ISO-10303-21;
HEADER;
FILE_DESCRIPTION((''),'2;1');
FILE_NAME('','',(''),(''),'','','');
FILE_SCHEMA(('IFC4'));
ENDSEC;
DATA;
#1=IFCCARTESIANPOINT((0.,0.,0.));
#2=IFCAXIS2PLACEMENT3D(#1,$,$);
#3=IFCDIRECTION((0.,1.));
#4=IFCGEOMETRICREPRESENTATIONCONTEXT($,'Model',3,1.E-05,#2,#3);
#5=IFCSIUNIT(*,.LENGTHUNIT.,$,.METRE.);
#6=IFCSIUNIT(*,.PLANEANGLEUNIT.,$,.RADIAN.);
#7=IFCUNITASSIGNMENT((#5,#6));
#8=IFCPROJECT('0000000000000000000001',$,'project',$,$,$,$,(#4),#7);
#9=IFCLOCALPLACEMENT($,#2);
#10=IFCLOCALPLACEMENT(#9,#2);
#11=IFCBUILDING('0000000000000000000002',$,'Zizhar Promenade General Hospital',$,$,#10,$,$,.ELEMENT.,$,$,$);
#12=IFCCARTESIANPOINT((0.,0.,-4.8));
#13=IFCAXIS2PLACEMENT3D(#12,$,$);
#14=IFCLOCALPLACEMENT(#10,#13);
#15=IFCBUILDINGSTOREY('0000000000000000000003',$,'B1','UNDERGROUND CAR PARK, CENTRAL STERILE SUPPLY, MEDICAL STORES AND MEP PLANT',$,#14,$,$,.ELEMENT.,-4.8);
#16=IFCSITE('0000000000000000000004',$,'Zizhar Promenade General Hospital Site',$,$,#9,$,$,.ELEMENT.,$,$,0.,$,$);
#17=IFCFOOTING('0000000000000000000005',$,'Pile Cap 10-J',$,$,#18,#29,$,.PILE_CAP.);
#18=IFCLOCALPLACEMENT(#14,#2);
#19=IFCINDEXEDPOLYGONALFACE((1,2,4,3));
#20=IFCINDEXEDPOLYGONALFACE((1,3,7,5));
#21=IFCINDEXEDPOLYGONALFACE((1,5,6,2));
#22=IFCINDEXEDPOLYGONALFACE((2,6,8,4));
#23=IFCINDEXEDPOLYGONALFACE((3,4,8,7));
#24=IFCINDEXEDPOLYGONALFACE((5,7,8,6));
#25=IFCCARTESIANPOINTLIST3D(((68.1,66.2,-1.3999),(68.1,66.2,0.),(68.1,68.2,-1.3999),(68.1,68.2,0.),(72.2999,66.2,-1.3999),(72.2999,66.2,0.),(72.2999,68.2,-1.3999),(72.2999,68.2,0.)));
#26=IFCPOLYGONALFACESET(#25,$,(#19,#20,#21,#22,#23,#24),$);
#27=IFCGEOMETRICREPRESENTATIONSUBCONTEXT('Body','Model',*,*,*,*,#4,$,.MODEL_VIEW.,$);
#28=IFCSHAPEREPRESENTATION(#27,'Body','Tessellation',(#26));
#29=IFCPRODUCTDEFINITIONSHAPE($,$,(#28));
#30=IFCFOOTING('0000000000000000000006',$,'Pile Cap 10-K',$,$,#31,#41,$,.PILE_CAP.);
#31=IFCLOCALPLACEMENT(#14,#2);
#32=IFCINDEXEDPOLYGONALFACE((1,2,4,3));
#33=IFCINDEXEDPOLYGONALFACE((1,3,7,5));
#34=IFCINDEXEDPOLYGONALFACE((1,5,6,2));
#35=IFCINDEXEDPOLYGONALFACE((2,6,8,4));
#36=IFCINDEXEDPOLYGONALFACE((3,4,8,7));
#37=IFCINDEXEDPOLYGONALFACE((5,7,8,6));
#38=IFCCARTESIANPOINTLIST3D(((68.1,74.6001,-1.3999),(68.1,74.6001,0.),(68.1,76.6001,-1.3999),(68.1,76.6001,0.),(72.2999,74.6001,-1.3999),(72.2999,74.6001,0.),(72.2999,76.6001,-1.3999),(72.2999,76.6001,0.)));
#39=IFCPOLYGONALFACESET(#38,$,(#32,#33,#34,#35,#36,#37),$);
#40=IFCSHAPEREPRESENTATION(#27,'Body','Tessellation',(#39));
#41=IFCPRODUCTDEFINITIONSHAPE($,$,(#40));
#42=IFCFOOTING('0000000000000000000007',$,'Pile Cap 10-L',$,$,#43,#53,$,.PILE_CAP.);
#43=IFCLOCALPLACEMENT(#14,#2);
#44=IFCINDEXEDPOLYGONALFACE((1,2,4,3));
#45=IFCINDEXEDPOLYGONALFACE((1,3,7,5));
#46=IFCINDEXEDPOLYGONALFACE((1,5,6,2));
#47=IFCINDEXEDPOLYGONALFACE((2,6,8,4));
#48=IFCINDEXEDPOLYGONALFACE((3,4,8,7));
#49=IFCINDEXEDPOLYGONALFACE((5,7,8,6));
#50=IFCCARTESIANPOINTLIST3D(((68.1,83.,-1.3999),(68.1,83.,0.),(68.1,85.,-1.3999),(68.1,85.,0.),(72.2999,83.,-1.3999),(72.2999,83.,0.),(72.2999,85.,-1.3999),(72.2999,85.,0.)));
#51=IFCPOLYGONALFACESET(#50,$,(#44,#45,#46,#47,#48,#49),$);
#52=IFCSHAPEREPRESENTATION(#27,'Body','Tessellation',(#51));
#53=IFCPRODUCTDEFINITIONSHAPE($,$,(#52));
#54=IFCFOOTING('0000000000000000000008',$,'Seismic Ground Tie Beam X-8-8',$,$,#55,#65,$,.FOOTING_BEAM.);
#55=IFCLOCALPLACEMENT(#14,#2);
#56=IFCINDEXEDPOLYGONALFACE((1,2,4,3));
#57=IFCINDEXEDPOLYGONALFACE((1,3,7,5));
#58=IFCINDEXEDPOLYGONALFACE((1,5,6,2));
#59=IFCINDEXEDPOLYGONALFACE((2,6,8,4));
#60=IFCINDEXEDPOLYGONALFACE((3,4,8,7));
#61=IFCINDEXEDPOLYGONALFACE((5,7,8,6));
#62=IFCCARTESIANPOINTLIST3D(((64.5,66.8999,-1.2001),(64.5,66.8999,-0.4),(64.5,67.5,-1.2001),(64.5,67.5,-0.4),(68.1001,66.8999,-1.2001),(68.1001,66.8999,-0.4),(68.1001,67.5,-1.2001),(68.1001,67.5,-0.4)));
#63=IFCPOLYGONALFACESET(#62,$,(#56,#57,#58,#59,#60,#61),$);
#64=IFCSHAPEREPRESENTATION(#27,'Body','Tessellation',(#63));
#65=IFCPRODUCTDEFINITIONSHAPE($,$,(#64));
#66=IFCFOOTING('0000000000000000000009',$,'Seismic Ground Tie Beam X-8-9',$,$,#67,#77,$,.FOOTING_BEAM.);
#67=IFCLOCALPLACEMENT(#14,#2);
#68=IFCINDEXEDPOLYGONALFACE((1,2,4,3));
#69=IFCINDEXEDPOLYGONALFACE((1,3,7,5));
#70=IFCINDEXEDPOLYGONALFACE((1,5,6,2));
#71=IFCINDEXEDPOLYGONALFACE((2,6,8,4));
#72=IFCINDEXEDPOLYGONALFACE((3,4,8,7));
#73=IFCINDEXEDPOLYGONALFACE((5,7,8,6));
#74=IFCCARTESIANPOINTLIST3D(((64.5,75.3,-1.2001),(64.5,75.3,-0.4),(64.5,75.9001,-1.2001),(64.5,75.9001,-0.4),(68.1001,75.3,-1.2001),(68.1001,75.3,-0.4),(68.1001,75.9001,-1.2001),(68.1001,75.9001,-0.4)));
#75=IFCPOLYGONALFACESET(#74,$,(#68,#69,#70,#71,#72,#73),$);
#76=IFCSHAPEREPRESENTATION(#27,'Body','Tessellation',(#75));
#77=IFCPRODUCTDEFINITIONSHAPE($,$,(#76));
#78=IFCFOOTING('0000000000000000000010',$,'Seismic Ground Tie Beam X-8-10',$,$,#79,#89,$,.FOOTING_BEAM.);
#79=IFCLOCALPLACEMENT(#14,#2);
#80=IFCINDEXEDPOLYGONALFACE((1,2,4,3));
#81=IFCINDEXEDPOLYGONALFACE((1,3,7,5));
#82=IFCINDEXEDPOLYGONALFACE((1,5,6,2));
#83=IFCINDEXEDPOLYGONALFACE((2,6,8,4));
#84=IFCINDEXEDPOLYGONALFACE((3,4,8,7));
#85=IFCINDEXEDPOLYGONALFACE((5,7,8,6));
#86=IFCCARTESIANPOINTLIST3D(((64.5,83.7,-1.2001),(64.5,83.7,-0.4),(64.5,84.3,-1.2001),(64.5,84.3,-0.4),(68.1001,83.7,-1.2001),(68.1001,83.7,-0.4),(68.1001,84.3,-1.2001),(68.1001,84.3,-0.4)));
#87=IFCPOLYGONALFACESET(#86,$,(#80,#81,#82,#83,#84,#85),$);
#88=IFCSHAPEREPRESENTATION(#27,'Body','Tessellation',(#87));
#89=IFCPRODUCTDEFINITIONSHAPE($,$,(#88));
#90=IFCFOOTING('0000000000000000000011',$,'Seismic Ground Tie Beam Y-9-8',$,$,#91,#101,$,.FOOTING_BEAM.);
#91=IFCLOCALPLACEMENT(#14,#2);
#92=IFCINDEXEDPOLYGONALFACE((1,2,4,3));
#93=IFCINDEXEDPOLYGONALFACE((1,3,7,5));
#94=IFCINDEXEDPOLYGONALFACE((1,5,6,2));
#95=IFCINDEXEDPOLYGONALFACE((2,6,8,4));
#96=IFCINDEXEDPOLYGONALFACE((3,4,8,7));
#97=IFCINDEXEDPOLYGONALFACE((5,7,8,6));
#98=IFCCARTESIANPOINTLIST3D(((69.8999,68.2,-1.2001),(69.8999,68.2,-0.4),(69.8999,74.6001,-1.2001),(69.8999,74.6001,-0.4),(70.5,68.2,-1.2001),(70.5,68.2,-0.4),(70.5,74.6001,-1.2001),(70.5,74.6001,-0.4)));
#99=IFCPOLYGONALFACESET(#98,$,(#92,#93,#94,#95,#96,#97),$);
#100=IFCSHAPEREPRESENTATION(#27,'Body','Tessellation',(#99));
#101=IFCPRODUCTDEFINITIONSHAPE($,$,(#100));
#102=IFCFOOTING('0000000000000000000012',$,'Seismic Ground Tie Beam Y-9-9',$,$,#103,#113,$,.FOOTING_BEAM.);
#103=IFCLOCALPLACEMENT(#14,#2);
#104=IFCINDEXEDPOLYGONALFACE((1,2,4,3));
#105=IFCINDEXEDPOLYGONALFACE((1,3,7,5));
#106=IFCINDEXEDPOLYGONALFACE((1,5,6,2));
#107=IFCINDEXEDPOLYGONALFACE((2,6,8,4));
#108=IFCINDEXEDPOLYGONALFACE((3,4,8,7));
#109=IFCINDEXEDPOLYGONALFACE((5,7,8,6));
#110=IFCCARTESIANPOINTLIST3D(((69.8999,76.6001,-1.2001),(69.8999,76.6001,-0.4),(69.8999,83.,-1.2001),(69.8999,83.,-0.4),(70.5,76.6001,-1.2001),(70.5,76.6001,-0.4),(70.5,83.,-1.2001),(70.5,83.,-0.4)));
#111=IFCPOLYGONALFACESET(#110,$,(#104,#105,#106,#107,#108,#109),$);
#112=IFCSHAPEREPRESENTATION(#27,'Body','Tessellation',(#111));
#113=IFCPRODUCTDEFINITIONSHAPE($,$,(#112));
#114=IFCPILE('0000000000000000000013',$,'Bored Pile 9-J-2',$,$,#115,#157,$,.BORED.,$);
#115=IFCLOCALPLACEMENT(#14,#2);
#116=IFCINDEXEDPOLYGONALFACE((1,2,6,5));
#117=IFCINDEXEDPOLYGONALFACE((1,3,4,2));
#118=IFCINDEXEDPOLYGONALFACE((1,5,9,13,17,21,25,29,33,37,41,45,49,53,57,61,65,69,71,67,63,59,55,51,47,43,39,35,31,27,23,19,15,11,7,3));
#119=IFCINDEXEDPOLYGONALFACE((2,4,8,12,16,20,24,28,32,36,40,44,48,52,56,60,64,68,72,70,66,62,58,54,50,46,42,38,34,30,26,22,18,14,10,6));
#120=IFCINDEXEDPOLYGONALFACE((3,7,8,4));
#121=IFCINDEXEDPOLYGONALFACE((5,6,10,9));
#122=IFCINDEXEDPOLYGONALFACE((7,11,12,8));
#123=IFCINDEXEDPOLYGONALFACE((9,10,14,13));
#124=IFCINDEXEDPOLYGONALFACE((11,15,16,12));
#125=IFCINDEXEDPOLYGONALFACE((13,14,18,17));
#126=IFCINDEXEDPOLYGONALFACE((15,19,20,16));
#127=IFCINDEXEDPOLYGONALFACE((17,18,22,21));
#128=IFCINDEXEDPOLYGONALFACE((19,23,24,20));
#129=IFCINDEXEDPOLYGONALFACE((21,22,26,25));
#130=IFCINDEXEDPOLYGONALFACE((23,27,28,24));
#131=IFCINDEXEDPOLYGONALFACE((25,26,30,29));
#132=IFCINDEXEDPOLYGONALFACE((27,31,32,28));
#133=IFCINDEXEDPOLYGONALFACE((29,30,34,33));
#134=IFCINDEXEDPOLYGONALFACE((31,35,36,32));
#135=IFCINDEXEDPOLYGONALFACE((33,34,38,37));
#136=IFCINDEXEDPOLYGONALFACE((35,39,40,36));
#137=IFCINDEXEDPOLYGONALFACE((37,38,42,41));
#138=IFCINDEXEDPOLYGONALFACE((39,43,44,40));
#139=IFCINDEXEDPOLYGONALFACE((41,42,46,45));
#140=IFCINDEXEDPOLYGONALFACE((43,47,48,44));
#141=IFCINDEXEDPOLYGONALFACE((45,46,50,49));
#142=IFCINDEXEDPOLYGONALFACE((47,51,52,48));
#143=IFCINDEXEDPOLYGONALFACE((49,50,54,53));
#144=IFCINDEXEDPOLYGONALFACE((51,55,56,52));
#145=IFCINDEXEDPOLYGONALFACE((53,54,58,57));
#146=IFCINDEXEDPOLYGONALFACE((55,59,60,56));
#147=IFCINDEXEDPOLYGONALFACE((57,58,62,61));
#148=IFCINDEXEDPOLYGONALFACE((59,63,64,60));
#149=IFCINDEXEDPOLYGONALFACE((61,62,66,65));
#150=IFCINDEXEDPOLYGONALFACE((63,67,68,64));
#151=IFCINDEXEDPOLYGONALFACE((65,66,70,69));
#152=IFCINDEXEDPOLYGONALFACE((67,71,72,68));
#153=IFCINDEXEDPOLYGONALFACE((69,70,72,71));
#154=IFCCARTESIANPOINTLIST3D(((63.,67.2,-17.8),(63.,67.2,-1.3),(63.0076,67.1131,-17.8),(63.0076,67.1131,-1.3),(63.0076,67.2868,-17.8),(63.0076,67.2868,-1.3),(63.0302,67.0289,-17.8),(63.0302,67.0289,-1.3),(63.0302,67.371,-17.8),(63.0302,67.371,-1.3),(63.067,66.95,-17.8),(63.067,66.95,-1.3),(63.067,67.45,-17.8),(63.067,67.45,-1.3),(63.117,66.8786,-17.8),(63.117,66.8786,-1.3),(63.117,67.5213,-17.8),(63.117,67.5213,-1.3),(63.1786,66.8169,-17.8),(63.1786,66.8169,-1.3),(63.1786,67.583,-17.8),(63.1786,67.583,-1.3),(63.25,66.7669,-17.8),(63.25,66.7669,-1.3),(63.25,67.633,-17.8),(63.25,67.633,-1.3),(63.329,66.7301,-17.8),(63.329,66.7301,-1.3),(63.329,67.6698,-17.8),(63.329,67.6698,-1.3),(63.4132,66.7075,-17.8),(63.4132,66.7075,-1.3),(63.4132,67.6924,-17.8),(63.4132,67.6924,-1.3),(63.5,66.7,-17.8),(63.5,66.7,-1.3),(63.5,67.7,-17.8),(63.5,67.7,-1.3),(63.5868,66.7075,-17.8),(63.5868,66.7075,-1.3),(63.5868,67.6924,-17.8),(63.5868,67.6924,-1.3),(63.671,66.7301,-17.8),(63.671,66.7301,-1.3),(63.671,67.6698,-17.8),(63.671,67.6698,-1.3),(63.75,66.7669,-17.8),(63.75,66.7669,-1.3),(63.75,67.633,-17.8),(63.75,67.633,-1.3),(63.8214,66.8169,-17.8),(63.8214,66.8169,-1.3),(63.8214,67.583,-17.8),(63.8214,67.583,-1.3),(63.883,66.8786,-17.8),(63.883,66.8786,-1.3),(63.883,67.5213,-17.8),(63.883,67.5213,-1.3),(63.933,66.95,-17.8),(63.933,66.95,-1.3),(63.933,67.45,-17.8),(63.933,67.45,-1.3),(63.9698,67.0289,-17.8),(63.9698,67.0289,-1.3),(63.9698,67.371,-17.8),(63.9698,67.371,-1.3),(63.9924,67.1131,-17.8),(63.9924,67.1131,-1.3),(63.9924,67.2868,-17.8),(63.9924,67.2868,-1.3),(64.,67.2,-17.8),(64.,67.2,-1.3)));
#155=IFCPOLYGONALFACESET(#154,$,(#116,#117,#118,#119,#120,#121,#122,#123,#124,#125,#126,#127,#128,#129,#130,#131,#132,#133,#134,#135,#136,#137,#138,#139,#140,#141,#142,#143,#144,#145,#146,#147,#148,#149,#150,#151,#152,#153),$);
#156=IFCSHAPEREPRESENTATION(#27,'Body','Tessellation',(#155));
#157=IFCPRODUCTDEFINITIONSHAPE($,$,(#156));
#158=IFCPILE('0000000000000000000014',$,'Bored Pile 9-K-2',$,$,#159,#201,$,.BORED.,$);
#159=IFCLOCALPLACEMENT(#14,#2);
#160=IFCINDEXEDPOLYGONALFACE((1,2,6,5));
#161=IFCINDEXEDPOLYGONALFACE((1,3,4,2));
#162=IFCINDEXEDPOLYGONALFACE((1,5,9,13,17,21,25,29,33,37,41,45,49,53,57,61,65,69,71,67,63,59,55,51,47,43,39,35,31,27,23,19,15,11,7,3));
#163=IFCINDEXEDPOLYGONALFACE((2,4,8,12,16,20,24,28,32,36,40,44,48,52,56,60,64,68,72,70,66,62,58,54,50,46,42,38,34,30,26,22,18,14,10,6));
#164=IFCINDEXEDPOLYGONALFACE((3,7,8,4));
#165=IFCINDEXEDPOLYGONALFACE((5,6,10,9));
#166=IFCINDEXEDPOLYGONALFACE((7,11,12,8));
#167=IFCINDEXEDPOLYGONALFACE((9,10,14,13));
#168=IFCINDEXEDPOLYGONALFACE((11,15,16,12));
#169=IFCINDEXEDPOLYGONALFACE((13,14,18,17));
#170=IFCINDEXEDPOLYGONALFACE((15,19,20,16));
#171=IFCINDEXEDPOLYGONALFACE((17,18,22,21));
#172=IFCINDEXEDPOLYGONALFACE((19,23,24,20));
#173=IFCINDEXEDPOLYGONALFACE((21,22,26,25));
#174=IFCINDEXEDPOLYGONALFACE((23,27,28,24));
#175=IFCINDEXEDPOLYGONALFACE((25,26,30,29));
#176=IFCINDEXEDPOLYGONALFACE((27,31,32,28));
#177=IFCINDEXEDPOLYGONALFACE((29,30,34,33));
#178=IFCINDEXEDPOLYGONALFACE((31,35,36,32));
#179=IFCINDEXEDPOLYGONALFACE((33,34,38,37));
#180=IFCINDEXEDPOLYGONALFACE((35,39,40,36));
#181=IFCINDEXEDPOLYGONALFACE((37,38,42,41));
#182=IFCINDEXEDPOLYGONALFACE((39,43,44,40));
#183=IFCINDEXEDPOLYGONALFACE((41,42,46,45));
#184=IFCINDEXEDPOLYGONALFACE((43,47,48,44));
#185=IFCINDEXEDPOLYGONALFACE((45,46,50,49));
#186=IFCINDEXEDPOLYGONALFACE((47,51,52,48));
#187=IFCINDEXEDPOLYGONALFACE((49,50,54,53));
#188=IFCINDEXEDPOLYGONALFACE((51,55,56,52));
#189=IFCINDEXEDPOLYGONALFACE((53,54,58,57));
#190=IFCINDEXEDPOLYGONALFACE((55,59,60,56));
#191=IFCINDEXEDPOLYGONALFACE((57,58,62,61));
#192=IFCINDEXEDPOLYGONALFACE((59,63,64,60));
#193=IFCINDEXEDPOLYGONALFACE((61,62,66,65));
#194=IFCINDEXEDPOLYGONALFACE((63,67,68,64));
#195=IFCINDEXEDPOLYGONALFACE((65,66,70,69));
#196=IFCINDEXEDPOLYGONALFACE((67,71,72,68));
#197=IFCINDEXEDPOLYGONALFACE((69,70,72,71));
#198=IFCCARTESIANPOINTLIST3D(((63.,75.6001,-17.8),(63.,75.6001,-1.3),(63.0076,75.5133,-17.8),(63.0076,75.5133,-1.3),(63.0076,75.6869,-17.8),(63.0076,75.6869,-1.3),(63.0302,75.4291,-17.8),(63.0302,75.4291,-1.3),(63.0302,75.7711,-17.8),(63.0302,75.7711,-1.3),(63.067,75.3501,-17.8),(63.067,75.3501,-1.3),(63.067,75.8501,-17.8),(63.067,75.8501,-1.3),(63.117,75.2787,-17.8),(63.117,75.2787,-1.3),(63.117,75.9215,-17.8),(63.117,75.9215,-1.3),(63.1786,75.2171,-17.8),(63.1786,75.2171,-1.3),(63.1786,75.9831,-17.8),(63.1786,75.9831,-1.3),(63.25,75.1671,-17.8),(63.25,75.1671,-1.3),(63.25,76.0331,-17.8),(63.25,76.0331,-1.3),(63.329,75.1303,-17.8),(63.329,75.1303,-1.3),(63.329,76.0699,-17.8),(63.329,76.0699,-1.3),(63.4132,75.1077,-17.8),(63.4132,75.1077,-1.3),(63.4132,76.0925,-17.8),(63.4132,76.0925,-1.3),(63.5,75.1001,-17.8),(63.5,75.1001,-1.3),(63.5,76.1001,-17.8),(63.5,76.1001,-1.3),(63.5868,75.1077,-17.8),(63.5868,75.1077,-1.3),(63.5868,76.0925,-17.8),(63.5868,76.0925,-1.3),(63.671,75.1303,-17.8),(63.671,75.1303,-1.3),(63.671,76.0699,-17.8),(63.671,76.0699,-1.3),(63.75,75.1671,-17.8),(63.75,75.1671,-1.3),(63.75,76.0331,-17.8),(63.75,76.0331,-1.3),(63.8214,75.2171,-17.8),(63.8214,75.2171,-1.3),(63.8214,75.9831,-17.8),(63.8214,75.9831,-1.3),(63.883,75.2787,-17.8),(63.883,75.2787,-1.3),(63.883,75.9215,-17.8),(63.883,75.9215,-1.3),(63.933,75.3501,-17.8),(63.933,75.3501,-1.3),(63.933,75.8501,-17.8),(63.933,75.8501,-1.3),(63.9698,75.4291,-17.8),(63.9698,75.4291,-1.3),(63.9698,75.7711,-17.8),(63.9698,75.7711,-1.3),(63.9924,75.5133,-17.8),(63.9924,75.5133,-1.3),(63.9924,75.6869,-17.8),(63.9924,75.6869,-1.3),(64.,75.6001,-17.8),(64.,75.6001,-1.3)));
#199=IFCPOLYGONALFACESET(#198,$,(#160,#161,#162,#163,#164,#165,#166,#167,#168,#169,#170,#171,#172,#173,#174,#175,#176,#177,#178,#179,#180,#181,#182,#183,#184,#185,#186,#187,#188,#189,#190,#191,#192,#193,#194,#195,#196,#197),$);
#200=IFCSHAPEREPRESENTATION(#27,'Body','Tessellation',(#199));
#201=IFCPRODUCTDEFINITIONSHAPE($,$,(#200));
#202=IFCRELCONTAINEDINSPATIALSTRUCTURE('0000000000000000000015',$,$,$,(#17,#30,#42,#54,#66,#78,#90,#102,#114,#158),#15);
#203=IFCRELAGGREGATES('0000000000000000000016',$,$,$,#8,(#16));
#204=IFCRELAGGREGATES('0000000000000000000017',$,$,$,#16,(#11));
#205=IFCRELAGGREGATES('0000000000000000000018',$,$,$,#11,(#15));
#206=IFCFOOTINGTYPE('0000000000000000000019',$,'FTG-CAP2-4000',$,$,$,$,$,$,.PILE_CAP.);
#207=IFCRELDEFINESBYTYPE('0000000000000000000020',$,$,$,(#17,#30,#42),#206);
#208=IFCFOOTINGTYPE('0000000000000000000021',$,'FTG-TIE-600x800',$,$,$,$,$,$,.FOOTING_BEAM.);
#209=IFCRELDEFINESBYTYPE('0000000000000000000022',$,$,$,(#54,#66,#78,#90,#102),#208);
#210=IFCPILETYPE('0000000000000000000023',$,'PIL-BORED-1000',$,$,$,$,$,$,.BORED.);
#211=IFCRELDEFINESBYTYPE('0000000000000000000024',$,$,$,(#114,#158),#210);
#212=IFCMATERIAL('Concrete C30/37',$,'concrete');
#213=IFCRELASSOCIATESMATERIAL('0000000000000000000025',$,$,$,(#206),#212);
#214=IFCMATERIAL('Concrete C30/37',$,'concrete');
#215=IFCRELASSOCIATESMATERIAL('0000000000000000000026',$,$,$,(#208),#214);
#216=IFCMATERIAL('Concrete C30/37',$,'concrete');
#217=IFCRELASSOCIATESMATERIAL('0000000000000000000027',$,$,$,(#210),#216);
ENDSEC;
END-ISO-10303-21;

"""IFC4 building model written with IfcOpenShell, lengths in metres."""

from ifc_helpers import new_model, si_unit, direction, frame, origin, origin_2d, place, context, subcontext, project, spatial, rectangle, circle, extrude, material, material_profile, profile_set, type_object, element, save


model = new_model("IFC4")

# Units and contexts
model_context = context("Model", 3, precision=1e-05, world=origin(), true_north=direction((0.0, 1.0)))
body_context = subcontext(model_context, "Body", "Model", "MODEL_VIEW")
ifc_project = project(units=[si_unit("LENGTHUNIT", "METRE"), si_unit("PLANEANGLEUNIT", "RADIAN")], contexts=[model_context])

# Site, building, storey
site_placement = place(None, origin())
site = spatial("IfcSite", under=ifc_project, at=site_placement, Name="Zizhar Promenade General Hospital Site", CompositionType="ELEMENT", RefElevation=0.0)
building_placement = place(site_placement, origin())
building = spatial("IfcBuilding", under=site, at=building_placement, Name="Zizhar Promenade General Hospital", CompositionType="ELEMENT")
storey_placement = place(building_placement, frame((0.0, 0.0, -4.8)))
storey = spatial("IfcBuildingStorey", under=building, at=storey_placement, Name="B1", Description="UNDERGROUND CAR PARK, CENTRAL STERILE SUPPLY, MEDICAL STORES AND MEP PLANT", CompositionType="ELEMENT", Elevation=-4.8)

# Footings
ifc_material_1 = material(Name="Concrete C30/37", Category="concrete")
footing_type_1 = type_object("IfcFootingType", Name="FTG-CAP2-4000", PredefinedType="PILE_CAP", material=ifc_material_1)
for number, where, z_axis, x_axis, name in (
    (1, (70.2, 67.2, -1.3999), (0.0, 0.0, 1.0), (1.0, 0.0, 0.0), "Pile Cap 10-J"),
    (2, (70.2, 75.6001, -1.3999), (0.0, 0.0, 1.0), (1.0, 0.0, 0.0), "Pile Cap 10-K"),
    (3, (70.2, 84.0, -1.3999), (0.0, 0.0, 1.0), (1.0, 0.0, 0.0), "Pile Cap 10-L"),
):
    element("IfcFooting", number, at=place(storey_placement, frame(where, z_axis=z_axis, x_axis=x_axis)), inside=storey, type_object=footing_type_1, Name=name, PredefinedType="PILE_CAP", context=body_context, shape_type="SweptSolid", body=[
        extrude(rectangle(XDim=4.2, YDim=2.0, at=origin_2d()), origin(), (0.0, 0.0, 1.0), 1.3999),
    ])
ifc_material_2 = material(Name="Concrete C30/37", Category="concrete")
ifc_material_profile_1 = material_profile(ifc_material_2, rectangle(XDim=0.6001, YDim=0.8, at=origin_2d()))
ifc_profile_set_1 = profile_set([ifc_material_profile_1], Name="Concrete C30/37")
footing_type_2 = type_object("IfcFootingType", Name="FTG-TIE-600x800", PredefinedType="FOOTING_BEAM", material=ifc_profile_set_1)
for number, where, z_axis, x_axis, name in (
    (4, (64.5, 67.2, -0.8), (1.0, 0.0, 0.0), (0.0, 1.0, 0.0), "Seismic Ground Tie Beam X-8-8"),
    (5, (64.5, 75.6001, -0.8), (1.0, 0.0, 0.0), (0.0, 1.0, 0.0), "Seismic Ground Tie Beam X-8-9"),
    (6, (64.5, 84.0, -0.8), (1.0, 0.0, 0.0), (0.0, 1.0, 0.0), "Seismic Ground Tie Beam X-8-10"),
):
    element("IfcFooting", number, at=place(storey_placement, frame(where, z_axis=z_axis, x_axis=x_axis)), inside=storey, type_object=footing_type_2, Name=name, PredefinedType="FOOTING_BEAM", context=body_context, shape_type="SweptSolid", body=[
        extrude(rectangle(XDim=0.6001, YDim=0.8, at=origin_2d()), origin(), (0.0, 0.0, 1.0), 3.6001),
    ])
footing_1_placement = place(storey_placement, frame((70.2, 68.2, -0.8), z_axis=(0.0, 1.0, 0.0), x_axis=(-1.0, 0.0, 0.0)))
element("IfcFooting", 7, at=footing_1_placement, inside=storey, type_object=footing_type_2, Name="Seismic Ground Tie Beam Y-9-8", PredefinedType="FOOTING_BEAM", context=body_context, shape_type="SweptSolid", body=[
    extrude(rectangle(XDim=0.6001, YDim=0.8, at=origin_2d()), origin(), (0.0, 0.0, 1.0), 6.4001),
])
footing_2_placement = place(storey_placement, frame((70.2, 76.6001, -0.8), z_axis=(0.0, 1.0, 0.0), x_axis=(-1.0, 0.0, 0.0)))
element("IfcFooting", 8, at=footing_2_placement, inside=storey, type_object=footing_type_2, Name="Seismic Ground Tie Beam Y-9-9", PredefinedType="FOOTING_BEAM", context=body_context, shape_type="SweptSolid", body=[
    extrude(rectangle(XDim=0.6001, YDim=0.8, at=origin_2d()), origin(), (0.0, 0.0, 1.0), 6.3999),
])

# Piles
ifc_material_3 = material(Name="Concrete C30/37", Category="concrete")
ifc_material_profile_2 = material_profile(ifc_material_3, circle(Radius=0.5, at=origin_2d()))
ifc_profile_set_2 = profile_set([ifc_material_profile_2], Name="Concrete C30/37")
pile_type = type_object("IfcPileType", Name="PIL-BORED-1000", PredefinedType="BORED", material=ifc_profile_set_2)
for number, where, z_axis, x_axis, name in (
    (9, (63.5, 67.2, -1.3), (0.0, 0.0, -1.0), (1.0, 0.0, 0.0), "Bored Pile 9-J-2"),
    (10, (63.5, 75.6001, -1.3), (0.0, 0.0, -1.0), (1.0, 0.0, 0.0), "Bored Pile 9-K-2"),
):
    element("IfcPile", number, at=place(storey_placement, frame(where, z_axis=z_axis, x_axis=x_axis)), inside=storey, type_object=pile_type, Name=name, PredefinedType="BORED", context=body_context, shape_type="SweptSolid", body=[
        extrude(circle(Radius=0.5, at=origin_2d()), origin(), (0.0, 0.0, 1.0), 16.5),
    ])

save(model, "model.ifc")
